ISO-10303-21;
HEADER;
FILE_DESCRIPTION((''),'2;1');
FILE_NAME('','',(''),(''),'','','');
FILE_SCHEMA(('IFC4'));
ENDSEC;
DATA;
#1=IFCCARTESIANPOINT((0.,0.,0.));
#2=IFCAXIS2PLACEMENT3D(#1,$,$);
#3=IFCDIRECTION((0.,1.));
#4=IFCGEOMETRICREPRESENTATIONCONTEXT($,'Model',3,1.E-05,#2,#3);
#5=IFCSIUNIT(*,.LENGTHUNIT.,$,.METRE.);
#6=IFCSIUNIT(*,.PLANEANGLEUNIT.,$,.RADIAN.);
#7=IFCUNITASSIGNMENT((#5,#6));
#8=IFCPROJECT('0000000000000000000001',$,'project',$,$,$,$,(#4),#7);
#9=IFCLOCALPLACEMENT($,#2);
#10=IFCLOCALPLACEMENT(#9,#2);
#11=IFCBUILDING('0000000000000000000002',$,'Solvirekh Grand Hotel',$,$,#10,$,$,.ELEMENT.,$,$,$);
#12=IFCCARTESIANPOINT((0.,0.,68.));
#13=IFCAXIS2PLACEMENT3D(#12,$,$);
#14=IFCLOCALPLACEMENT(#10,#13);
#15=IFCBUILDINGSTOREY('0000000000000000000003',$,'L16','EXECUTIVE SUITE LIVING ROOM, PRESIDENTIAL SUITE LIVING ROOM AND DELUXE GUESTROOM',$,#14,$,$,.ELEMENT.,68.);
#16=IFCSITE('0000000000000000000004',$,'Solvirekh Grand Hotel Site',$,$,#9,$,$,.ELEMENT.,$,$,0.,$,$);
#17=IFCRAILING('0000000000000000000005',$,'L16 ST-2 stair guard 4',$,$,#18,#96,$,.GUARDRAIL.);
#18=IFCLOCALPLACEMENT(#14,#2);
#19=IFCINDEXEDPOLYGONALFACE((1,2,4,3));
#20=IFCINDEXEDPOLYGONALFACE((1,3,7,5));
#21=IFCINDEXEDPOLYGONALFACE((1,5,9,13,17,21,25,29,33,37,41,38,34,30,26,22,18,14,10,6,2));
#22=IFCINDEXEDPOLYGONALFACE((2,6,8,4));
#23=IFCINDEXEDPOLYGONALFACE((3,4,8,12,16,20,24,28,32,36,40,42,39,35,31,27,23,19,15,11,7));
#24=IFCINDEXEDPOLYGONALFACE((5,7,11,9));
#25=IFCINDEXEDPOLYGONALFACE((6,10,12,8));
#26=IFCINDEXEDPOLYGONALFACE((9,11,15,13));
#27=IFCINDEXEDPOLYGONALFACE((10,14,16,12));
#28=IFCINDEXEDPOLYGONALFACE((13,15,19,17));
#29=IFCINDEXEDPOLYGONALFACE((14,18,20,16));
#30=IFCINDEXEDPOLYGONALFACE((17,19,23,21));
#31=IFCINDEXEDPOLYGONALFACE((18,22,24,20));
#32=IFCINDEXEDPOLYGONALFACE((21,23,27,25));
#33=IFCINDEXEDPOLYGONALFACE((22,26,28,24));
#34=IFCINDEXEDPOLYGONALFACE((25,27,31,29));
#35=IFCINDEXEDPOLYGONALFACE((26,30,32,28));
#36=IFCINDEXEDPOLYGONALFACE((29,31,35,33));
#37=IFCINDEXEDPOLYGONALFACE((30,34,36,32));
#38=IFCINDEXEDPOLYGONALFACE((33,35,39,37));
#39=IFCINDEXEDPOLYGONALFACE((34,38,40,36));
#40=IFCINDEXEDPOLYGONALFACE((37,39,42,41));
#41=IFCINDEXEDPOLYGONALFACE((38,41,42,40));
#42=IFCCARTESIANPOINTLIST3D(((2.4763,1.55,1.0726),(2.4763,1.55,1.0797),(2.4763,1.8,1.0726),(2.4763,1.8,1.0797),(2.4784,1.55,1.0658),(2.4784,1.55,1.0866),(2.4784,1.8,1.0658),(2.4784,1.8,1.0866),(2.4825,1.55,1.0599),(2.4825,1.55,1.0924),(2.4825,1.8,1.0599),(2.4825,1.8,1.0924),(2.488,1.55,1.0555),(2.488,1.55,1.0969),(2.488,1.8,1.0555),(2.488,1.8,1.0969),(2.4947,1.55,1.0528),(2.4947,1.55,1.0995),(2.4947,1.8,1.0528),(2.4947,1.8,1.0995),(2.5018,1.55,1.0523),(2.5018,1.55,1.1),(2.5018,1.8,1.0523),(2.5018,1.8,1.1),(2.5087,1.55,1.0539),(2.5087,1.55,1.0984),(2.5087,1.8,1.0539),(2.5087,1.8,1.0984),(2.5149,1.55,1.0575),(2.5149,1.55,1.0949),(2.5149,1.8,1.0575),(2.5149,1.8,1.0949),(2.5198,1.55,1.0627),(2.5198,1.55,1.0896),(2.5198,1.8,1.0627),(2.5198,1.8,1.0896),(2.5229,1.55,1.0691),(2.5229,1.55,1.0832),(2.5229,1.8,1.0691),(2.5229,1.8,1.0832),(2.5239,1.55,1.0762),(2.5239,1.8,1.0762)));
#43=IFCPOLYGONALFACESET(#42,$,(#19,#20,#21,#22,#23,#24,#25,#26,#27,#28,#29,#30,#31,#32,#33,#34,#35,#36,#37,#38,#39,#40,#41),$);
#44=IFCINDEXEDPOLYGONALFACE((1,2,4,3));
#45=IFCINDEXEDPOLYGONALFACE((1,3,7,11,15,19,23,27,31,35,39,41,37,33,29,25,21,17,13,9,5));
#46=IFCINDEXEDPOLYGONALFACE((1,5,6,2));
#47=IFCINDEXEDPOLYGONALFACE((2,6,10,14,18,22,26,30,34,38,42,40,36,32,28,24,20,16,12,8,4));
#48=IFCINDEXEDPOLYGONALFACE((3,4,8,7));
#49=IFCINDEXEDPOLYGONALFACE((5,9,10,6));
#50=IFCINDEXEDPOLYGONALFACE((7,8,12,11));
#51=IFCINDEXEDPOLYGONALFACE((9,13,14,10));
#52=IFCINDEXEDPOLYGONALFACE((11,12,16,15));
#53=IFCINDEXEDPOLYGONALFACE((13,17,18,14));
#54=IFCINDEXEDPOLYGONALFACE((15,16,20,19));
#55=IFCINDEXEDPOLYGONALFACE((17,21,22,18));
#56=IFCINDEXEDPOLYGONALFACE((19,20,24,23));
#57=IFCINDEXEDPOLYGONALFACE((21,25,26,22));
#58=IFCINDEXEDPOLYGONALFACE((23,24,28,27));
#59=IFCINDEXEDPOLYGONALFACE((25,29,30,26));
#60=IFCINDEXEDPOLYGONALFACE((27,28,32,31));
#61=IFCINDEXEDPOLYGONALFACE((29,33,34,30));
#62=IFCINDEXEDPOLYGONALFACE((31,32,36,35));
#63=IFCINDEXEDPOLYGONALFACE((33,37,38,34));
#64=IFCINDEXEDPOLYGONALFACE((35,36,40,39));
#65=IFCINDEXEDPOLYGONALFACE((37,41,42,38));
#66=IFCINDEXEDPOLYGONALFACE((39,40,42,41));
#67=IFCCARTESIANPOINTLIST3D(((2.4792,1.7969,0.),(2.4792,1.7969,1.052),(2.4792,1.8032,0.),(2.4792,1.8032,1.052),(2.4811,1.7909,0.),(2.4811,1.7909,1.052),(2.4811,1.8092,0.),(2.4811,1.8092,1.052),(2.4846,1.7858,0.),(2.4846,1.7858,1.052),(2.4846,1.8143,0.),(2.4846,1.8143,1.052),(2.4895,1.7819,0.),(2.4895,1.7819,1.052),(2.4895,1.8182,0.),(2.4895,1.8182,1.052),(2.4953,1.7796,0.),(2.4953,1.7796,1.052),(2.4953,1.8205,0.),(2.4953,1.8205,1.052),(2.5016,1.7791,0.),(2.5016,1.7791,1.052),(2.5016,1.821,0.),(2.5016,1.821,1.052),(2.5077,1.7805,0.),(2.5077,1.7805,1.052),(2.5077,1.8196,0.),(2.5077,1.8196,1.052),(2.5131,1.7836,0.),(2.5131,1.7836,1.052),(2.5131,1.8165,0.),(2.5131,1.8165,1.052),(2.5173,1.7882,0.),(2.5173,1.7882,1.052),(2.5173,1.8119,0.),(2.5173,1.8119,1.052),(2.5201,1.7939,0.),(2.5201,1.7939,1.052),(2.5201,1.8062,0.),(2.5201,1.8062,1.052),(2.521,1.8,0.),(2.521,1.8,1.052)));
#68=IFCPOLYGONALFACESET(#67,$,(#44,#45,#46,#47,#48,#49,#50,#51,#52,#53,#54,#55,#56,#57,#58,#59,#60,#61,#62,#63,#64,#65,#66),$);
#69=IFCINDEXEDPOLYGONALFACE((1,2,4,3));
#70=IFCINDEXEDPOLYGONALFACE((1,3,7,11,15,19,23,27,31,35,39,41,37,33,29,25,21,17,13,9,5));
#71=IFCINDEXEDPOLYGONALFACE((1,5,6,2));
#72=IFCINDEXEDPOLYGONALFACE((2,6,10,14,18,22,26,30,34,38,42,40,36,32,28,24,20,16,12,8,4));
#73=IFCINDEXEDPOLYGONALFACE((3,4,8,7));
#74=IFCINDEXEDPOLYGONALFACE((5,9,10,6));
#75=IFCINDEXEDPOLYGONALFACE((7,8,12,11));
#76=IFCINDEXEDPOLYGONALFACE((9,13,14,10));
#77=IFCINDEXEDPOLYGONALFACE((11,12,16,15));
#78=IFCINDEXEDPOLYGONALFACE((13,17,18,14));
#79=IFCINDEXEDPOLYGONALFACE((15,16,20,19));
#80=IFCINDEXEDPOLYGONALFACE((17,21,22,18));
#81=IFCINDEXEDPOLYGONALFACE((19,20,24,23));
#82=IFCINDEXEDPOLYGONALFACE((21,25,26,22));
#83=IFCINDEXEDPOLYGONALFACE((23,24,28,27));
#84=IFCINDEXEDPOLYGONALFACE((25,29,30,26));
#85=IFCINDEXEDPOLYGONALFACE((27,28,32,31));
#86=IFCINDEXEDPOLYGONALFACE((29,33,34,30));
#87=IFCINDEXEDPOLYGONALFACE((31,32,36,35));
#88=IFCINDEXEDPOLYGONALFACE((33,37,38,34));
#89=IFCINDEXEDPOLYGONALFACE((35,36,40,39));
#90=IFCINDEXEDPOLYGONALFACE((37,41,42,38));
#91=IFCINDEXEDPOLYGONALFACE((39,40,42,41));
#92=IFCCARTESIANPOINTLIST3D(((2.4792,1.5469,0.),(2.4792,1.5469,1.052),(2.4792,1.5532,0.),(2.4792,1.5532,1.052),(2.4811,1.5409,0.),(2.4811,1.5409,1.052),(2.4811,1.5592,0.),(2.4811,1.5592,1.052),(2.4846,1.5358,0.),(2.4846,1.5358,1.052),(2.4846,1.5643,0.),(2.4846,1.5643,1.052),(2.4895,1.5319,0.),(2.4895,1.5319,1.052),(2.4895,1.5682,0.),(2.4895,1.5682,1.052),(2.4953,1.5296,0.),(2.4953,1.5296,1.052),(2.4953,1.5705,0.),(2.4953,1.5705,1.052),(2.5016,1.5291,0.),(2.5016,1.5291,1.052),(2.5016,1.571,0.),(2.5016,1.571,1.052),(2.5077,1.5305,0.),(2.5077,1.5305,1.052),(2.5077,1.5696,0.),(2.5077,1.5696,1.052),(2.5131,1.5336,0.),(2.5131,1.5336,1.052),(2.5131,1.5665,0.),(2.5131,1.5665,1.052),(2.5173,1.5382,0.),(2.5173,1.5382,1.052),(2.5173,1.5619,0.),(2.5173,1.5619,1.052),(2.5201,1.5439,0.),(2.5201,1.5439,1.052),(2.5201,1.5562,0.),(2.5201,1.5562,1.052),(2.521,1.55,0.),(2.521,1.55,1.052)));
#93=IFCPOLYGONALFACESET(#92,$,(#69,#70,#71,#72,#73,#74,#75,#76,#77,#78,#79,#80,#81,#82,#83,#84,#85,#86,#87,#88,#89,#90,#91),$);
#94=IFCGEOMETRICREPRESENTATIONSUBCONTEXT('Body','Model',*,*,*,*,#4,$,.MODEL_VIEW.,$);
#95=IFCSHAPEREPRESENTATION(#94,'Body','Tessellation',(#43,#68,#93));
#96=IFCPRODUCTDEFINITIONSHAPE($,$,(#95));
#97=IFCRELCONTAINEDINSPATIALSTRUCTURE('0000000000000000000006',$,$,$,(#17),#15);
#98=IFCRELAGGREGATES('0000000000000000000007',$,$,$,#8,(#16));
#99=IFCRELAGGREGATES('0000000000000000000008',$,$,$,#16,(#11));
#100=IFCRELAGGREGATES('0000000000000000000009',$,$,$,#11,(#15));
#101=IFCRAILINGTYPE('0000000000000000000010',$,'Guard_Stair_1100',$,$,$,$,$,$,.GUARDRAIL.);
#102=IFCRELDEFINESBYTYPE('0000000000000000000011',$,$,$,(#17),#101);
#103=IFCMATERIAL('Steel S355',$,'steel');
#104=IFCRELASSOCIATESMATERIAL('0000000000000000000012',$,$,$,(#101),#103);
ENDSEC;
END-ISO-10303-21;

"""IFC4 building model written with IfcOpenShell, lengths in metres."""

from ifc_helpers import new_model, si_unit, direction, frame, origin, origin_2d, place, context, subcontext, project, spatial, circle, extrude, material, type_object, element, save


model = new_model("IFC4")

# Units and contexts
model_context = context("Model", 3, precision=1e-05, world=origin(), true_north=direction((0.0, 1.0)))
body_context = subcontext(model_context, "Body", "Model", "MODEL_VIEW")
ifc_project = project(units=[si_unit("LENGTHUNIT", "METRE"), si_unit("PLANEANGLEUNIT", "RADIAN")], contexts=[model_context])

# Site, building, storey
site_placement = place(None, origin())
site = spatial("IfcSite", under=ifc_project, at=site_placement, Name="Solvirekh Grand Hotel Site", CompositionType="ELEMENT", RefElevation=0.0)
building_placement = place(site_placement, origin())
building = spatial("IfcBuilding", under=site, at=building_placement, Name="Solvirekh Grand Hotel", CompositionType="ELEMENT")
storey_placement = place(building_placement, frame((0.0, 0.0, 68.0)))
storey = spatial("IfcBuildingStorey", under=building, at=storey_placement, Name="L16", Description="EXECUTIVE SUITE LIVING ROOM, PRESIDENTIAL SUITE LIVING ROOM AND DELUXE GUESTROOM", CompositionType="ELEMENT", Elevation=68.0)

# Shared definitions
ifc_material_1 = material(Name="Steel S355", Category="steel")

# Railing
railing_type_1 = type_object("IfcRailingType", Name="Guard_Stair_1100", PredefinedType="GUARDRAIL", material=ifc_material_1)
railing_1_placement = place(storey_placement, frame((2.5, 1.8, 0.0)))
element("IfcRailing", 1, at=railing_1_placement, inside=storey, type_object=railing_type_1, Name="L16 ST-2 stair guard 4", PredefinedType="GUARDRAIL", context=body_context, shape_type="SweptSolid", body=[
    extrude(circle(Radius=0.0239, at=origin_2d()), frame((0.0, 0.0, 1.0762), z_axis=(0.0, -1.0, 0.0), x_axis=(1.0, 0.0, 0.0)), (0.0, 0.0, 1.0), 0.25),
    extrude(circle(Radius=0.021, at=origin_2d()), origin(), (0.0, 0.0, 1.0), 1.052),
    extrude(circle(Radius=0.021, at=origin_2d()), frame((0.0, -0.25, 0.0)), (0.0, 0.0, 1.0), 1.052),
])

save(model, "model.ifc")
